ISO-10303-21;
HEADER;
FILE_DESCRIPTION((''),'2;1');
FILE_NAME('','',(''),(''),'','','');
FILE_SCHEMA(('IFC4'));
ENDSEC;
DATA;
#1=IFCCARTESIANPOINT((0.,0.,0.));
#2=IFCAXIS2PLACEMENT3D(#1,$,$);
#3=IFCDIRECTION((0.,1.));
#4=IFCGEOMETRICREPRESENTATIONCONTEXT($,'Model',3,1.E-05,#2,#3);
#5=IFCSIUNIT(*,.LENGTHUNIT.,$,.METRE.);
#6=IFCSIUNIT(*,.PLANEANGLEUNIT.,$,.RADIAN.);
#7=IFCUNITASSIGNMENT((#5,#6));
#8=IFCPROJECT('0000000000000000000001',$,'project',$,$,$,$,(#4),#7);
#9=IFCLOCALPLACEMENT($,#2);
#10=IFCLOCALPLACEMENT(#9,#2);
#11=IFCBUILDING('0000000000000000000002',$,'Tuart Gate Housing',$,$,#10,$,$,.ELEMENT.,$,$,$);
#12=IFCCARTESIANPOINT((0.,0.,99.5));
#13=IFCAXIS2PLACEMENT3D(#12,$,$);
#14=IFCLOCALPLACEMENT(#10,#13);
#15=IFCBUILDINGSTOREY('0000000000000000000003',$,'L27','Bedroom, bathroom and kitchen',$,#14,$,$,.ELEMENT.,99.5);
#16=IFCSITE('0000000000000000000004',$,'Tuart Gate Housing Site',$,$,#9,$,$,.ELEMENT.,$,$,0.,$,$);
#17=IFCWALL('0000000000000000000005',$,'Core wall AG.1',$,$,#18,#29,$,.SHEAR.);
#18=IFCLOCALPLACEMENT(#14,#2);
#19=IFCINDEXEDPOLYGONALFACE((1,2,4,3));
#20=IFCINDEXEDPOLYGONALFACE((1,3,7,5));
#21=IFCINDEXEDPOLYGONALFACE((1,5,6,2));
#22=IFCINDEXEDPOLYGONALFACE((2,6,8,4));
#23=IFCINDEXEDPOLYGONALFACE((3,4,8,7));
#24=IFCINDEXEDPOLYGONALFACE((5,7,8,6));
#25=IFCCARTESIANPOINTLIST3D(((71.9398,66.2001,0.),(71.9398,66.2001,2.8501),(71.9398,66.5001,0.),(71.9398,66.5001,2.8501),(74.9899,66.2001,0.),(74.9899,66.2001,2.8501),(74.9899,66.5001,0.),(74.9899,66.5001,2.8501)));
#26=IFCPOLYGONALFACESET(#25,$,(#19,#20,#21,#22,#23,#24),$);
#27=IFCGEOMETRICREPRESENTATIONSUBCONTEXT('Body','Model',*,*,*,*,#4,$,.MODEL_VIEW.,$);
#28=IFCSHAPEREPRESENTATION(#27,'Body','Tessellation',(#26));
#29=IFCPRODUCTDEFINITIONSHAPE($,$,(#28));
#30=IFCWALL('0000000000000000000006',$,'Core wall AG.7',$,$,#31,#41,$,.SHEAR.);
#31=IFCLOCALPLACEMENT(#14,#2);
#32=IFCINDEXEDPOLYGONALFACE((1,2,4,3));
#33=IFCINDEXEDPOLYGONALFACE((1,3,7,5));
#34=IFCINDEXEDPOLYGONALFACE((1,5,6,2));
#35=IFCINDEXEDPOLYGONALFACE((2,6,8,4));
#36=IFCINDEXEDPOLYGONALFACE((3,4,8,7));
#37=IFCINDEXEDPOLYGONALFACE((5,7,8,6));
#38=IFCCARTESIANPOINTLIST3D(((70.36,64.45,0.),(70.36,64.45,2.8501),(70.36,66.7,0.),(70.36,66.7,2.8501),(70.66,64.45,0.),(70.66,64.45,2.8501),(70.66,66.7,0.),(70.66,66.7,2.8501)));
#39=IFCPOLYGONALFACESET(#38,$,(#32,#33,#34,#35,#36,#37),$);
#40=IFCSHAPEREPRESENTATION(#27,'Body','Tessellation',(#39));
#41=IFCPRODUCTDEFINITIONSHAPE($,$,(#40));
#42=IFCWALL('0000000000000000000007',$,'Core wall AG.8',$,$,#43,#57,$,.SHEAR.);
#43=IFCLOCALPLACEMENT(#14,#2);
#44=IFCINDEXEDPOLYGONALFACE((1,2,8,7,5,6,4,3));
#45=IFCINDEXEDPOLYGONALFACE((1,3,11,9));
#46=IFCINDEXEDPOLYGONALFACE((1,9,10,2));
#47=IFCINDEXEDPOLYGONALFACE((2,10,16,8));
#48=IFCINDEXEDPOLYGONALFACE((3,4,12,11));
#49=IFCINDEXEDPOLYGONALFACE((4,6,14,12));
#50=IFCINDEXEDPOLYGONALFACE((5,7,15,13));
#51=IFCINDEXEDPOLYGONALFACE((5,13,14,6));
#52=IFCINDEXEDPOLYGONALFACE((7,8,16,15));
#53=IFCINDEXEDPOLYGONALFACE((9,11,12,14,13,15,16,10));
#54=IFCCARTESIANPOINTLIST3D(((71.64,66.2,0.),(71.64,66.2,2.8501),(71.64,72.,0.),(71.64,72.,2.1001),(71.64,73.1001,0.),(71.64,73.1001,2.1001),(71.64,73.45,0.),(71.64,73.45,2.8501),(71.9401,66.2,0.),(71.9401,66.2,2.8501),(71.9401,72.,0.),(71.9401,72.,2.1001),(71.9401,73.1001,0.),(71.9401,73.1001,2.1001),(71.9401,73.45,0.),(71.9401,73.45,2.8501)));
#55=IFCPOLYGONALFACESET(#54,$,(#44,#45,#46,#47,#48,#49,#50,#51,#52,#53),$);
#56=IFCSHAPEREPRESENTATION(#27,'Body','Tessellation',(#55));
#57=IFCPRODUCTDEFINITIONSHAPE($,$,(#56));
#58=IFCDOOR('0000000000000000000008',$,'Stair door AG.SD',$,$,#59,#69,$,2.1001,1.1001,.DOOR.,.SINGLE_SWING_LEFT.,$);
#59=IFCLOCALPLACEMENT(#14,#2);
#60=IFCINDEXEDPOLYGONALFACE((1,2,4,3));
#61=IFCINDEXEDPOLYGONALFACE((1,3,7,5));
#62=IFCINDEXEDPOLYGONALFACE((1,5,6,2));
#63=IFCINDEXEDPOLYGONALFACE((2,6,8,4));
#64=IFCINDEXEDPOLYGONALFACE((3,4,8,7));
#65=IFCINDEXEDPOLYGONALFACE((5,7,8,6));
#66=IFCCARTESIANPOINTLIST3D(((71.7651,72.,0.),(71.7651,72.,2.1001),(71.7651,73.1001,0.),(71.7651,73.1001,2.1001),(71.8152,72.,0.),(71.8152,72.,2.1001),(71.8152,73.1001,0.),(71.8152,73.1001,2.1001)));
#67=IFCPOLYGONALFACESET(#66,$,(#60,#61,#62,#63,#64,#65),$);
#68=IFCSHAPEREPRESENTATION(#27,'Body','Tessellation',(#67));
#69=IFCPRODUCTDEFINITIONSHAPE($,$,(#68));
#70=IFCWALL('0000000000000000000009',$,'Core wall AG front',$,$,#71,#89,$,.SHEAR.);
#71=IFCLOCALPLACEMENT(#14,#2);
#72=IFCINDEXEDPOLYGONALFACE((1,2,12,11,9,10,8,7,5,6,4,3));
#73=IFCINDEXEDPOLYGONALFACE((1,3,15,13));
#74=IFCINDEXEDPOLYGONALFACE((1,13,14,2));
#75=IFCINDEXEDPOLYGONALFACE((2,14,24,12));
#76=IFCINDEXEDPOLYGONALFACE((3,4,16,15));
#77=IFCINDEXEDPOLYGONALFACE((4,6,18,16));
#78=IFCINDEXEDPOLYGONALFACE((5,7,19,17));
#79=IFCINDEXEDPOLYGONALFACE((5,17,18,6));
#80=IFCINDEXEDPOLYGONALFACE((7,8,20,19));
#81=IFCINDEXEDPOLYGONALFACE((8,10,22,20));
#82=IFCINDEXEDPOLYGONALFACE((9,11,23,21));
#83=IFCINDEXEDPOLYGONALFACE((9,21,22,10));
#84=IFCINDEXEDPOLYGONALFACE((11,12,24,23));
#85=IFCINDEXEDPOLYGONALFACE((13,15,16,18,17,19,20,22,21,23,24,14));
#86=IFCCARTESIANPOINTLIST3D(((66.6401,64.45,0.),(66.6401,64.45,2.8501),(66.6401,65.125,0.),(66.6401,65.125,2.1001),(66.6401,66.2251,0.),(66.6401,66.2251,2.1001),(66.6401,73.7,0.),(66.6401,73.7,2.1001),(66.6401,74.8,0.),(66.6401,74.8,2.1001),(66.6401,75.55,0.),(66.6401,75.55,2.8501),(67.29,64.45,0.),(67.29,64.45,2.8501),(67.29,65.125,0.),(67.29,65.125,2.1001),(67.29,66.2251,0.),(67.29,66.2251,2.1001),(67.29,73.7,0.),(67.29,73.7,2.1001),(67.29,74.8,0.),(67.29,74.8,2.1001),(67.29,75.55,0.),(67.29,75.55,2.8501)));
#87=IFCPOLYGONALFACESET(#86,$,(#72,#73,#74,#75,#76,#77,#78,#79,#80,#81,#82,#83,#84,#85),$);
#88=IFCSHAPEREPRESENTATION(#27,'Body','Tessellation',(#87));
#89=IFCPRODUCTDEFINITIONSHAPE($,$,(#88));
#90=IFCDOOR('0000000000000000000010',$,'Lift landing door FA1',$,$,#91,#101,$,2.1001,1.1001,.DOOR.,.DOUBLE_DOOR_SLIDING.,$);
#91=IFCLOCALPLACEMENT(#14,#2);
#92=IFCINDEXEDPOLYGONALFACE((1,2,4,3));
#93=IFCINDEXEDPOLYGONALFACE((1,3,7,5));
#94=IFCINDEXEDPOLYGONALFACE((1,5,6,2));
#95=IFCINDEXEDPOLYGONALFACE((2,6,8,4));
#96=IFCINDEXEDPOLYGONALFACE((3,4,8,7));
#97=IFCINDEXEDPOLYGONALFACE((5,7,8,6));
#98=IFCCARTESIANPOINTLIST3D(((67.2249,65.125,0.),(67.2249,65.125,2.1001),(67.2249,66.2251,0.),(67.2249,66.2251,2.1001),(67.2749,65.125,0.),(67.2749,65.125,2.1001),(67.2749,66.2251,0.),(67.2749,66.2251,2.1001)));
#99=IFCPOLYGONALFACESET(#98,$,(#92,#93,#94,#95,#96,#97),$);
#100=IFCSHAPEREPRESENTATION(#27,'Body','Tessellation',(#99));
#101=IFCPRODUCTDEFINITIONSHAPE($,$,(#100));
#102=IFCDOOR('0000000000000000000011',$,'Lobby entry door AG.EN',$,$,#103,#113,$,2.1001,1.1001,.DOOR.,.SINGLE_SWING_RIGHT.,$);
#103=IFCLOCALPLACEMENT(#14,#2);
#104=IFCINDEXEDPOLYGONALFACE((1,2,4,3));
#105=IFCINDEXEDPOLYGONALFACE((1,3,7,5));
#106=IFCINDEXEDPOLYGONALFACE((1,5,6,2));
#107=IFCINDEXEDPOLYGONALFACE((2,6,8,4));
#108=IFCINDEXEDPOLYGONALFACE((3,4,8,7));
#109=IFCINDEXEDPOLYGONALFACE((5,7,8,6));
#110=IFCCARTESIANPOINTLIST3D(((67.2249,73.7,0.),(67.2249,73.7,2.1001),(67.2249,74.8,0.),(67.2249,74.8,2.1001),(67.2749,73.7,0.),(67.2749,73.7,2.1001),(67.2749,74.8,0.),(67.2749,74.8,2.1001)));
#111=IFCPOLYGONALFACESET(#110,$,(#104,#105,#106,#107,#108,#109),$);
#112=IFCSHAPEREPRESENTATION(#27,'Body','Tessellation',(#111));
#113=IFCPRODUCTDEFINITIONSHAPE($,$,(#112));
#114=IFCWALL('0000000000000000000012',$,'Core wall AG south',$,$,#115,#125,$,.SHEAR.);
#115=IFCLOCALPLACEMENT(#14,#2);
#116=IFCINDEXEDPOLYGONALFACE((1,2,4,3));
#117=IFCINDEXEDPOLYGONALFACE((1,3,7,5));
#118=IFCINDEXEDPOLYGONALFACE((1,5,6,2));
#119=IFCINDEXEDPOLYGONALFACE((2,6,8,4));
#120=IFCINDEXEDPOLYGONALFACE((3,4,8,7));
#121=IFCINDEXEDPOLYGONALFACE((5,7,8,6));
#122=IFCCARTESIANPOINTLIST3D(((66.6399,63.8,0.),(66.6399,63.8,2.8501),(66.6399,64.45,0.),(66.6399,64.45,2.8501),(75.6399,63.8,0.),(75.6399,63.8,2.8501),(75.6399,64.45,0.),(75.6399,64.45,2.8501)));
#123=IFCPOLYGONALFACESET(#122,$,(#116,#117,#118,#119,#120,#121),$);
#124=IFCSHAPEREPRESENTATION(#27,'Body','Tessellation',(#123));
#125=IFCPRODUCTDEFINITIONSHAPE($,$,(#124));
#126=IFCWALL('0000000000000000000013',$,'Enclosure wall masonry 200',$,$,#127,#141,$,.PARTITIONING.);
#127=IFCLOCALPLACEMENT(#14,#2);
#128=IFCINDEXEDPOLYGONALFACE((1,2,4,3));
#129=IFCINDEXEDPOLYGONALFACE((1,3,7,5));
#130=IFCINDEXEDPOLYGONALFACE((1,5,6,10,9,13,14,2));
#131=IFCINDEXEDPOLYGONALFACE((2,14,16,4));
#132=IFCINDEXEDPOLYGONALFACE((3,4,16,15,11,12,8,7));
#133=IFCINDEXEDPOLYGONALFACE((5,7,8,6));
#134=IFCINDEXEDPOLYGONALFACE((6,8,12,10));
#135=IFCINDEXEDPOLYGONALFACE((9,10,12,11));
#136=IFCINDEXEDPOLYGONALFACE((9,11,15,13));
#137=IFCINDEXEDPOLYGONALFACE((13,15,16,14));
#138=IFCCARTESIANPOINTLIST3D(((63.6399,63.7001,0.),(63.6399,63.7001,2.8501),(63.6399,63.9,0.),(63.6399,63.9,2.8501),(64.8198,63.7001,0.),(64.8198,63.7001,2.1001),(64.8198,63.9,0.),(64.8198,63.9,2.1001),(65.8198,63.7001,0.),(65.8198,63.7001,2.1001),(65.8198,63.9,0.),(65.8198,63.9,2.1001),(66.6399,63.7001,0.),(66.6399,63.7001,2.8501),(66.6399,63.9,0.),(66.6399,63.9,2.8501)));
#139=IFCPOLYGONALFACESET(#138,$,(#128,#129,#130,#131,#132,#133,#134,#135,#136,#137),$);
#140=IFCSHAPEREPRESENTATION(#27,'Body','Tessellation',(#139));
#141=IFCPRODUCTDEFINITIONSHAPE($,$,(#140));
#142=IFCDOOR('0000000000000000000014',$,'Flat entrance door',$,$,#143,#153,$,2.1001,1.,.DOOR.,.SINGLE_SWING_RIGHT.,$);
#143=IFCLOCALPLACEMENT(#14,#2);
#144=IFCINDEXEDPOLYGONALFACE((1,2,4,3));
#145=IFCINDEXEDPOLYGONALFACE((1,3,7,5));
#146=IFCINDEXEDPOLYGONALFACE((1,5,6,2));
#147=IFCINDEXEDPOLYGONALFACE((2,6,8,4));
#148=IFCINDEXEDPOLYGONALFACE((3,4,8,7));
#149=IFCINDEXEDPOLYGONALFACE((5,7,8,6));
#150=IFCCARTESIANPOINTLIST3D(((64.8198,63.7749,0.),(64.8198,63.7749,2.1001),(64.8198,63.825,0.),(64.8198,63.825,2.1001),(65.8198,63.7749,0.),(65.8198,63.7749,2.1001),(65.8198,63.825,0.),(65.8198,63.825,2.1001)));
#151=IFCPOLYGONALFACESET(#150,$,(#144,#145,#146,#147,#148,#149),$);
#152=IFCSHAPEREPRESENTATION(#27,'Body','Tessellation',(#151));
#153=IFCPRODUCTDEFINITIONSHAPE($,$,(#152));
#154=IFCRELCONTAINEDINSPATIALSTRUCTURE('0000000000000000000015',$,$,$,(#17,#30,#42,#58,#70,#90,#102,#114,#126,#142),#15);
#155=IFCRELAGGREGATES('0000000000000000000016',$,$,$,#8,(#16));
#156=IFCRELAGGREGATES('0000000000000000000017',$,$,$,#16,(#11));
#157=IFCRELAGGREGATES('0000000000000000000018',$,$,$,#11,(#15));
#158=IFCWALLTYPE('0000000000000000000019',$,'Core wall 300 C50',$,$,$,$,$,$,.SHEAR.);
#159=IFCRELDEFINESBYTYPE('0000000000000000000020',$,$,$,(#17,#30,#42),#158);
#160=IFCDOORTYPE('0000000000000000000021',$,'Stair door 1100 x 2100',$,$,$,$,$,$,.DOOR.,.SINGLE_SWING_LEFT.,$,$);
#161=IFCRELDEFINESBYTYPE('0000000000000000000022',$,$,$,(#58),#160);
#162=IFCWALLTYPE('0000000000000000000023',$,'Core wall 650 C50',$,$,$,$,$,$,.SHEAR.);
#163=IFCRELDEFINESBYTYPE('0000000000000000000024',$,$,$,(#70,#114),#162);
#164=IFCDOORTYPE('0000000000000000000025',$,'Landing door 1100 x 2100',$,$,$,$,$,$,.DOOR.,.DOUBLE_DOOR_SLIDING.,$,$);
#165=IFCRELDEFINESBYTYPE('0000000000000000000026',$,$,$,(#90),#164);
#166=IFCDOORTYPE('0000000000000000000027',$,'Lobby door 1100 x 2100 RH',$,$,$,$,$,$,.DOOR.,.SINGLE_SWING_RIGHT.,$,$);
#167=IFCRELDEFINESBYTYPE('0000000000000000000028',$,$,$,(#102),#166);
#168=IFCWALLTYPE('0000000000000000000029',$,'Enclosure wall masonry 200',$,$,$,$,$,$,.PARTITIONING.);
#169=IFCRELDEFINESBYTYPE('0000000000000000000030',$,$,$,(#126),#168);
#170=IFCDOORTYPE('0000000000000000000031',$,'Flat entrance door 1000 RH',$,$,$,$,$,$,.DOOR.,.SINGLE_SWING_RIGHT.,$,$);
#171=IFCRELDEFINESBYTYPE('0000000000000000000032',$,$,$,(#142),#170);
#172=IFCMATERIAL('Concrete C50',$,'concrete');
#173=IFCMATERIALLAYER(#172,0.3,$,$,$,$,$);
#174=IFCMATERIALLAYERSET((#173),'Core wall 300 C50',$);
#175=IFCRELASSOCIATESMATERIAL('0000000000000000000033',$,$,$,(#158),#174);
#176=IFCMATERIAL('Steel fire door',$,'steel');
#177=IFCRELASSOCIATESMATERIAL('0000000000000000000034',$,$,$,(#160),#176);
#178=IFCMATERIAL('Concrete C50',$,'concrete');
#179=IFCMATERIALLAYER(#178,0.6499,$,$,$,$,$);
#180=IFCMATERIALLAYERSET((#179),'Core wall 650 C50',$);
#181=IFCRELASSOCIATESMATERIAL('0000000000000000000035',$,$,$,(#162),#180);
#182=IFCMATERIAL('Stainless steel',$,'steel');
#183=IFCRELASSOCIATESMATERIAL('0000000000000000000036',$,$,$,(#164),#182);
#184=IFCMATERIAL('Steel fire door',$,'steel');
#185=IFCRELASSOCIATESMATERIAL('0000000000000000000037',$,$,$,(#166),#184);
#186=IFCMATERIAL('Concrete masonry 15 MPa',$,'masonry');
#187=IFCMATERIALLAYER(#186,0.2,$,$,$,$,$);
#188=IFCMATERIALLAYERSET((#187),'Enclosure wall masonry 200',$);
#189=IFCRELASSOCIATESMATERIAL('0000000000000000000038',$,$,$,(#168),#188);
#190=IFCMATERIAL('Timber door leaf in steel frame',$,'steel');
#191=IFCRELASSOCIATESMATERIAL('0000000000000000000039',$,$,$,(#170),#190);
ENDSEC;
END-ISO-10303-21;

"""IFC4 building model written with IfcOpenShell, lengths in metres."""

from ifc_helpers import new_model, si_unit, direction, frame, frame_2d, origin, place, context, subcontext, project, spatial, rectangle, extrude, material, layer, layer_set, type_object, element, fill, save


model = new_model("IFC4")

# Units and contexts
model_context = context("Model", 3, precision=1e-05, world=origin(), true_north=direction((0.0, 1.0)))
body_context = subcontext(model_context, "Body", "Model", "MODEL_VIEW")
ifc_project = project(units=[si_unit("LENGTHUNIT", "METRE"), si_unit("PLANEANGLEUNIT", "RADIAN")], contexts=[model_context])

# Site, building, storey
site_placement = place(None, origin())
site = spatial("IfcSite", under=ifc_project, at=site_placement, Name="Tuart Gate Housing Site", CompositionType="ELEMENT", RefElevation=0.0)
building_placement = place(site_placement, origin())
building = spatial("IfcBuilding", under=site, at=building_placement, Name="Tuart Gate Housing", CompositionType="ELEMENT")
storey_placement = place(building_placement, frame((0.0, 0.0, 99.5)))
storey = spatial("IfcBuildingStorey", under=building, at=storey_placement, Name="L27", Description="Bedroom, bathroom and kitchen", CompositionType="ELEMENT", Elevation=99.5)

# Walls
ifc_material_1 = material(Name="Concrete C50", Category="concrete")
ifc_layer_1 = layer(ifc_material_1, 0.3)
ifc_layer_set_1 = layer_set([ifc_layer_1], Name="Core wall 300 C50")
wall_type_1 = type_object("IfcWallType", Name="Core wall 300 C50", PredefinedType="SHEAR", material=ifc_layer_set_1)
wall_1_placement = place(storey_placement, frame((71.9399, 66.3501, 0.0), z_axis=(0.0, 0.0, 1.0), x_axis=(1.0, 0.0, 0.0)))
element("IfcWall", 1, at=wall_1_placement, inside=storey, type_object=wall_type_1, Name="Core wall AG.1", PredefinedType="SHEAR", context=body_context, shape_type="SweptSolid", body=[
    extrude(rectangle(XDim=3.05, YDim=0.3, at=frame_2d((1.5249, 0.0))), origin(), (0.0, 0.0, 1.0), 2.8501),
])
wall_2_placement = place(storey_placement, frame((70.51, 64.45, 0.0), z_axis=(0.0, 0.0, 1.0), x_axis=(0.0, 1.0, 0.0)))
element("IfcWall", 2, at=wall_2_placement, inside=storey, type_object=wall_type_1, Name="Core wall AG.7", PredefinedType="SHEAR", context=body_context, shape_type="SweptSolid", body=[
    extrude(rectangle(XDim=2.25, YDim=0.3, at=frame_2d((1.125, 0.0))), origin(), (0.0, 0.0, 1.0), 2.8501),
])

# Wall, opening, door
wall_3_placement = place(storey_placement, frame((71.79, 66.2, 0.0), z_axis=(0.0, 0.0, 1.0), x_axis=(0.0, 1.0, 0.0)))
wall_3 = element("IfcWall", 3, at=wall_3_placement, inside=storey, type_object=wall_type_1, Name="Core wall AG.8", PredefinedType="SHEAR", context=body_context, shape_type="SweptSolid", body=[
    extrude(rectangle(XDim=7.25, YDim=0.3, at=frame_2d((3.625, 0.0))), origin(), (0.0, 0.0, 1.0), 2.8501),
])
opening_1_placement = place(wall_3_placement, frame((5.8, 0.0, 0.0)))
opening_1 = element("IfcOpeningElement", 4, at=opening_1_placement, cuts=wall_3, PredefinedType="OPENING", context=body_context, shape_type="SweptSolid", body=[
    extrude(rectangle(XDim=1.1001, YDim=2.1001, at=frame_2d((0.55, 1.05))), frame((0.0, 0.1599, 0.0), z_axis=(0.0, -1.0, 0.0), x_axis=(1.0, 0.0, 0.0)), (0.0, 0.0, 1.0), 0.3201),
])
ifc_material_2 = material(Name="Steel fire door", Category="steel")
door_type_1 = type_object("IfcDoorType", Name="Stair door 1100 x 2100", OperationType="SINGLE_SWING_LEFT", PredefinedType="DOOR", material=ifc_material_2)
door_1_placement = place(opening_1_placement, frame((1.1001, 0.0, 0.0), z_axis=(0.0, 0.0, 1.0), x_axis=(-1.0, 0.0, 0.0)))
door_1 = element("IfcDoor", 5, at=door_1_placement, inside=storey, type_object=door_type_1, Name="Stair door AG.SD", OperationType="SINGLE_SWING_LEFT", OverallHeight=2.1001, OverallWidth=1.1001, PredefinedType="DOOR", context=body_context, shape_type="SweptSolid", body=[
    extrude(rectangle(XDim=1.1001, YDim=2.1001, at=frame_2d((0.55, 1.05))), frame((0.0, 0.0251, 0.0), z_axis=(0.0, -1.0, 0.0), x_axis=(1.0, 0.0, 0.0)), (0.0, 0.0, 1.0), 0.05),
])
fill(opening_1, door_1)

# Wall, openings, doors
ifc_material_3 = material(Name="Concrete C50", Category="concrete")
ifc_layer_2 = layer(ifc_material_3, 0.6499)
ifc_layer_set_2 = layer_set([ifc_layer_2], Name="Core wall 650 C50")
wall_type_2 = type_object("IfcWallType", Name="Core wall 650 C50", PredefinedType="SHEAR", material=ifc_layer_set_2)
wall_4_placement = place(storey_placement, frame((66.9651, 64.45, 0.0), z_axis=(0.0, 0.0, 1.0), x_axis=(0.0, 1.0, 0.0)))
wall_4 = element("IfcWall", 6, at=wall_4_placement, inside=storey, type_object=wall_type_2, Name="Core wall AG front", PredefinedType="SHEAR", context=body_context, shape_type="SweptSolid", body=[
    extrude(rectangle(XDim=11.1001, YDim=0.6499, at=frame_2d((5.55, 0.0))), origin(), (0.0, 0.0, 1.0), 2.8501),
])
opening_2_placement = place(wall_4_placement, frame((0.675, 0.0, 0.0)))
opening_2 = element("IfcOpeningElement", 7, at=opening_2_placement, cuts=wall_4, PredefinedType="OPENING", context=body_context, shape_type="SweptSolid", body=[
    extrude(rectangle(XDim=1.1001, YDim=2.1001, at=frame_2d((0.55, 1.05))), frame((0.0, 0.335, 0.0), z_axis=(0.0, -1.0, 0.0), x_axis=(1.0, 0.0, 0.0)), (0.0, 0.0, 1.0), 0.6699),
])
opening_3_placement = place(wall_4_placement, frame((9.25, 0.0, 0.0)))
opening_3 = element("IfcOpeningElement", 8, at=opening_3_placement, cuts=wall_4, PredefinedType="OPENING", context=body_context, shape_type="SweptSolid", body=[
    extrude(rectangle(XDim=1.1001, YDim=2.1001, at=frame_2d((0.55, 1.05))), frame((0.0, 0.335, 0.0), z_axis=(0.0, -1.0, 0.0), x_axis=(1.0, 0.0, 0.0)), (0.0, 0.0, 1.0), 0.6699),
])
ifc_material_4 = material(Name="Stainless steel", Category="steel")
door_type_2 = type_object("IfcDoorType", Name="Landing door 1100 x 2100", OperationType="DOUBLE_DOOR_SLIDING", PredefinedType="DOOR", material=ifc_material_4)
door_2_placement = place(opening_2_placement, origin())
door_2 = element("IfcDoor", 9, at=door_2_placement, inside=storey, type_object=door_type_2, Name="Lift landing door FA1", OperationType="DOUBLE_DOOR_SLIDING", OverallHeight=2.1001, OverallWidth=1.1001, PredefinedType="DOOR", context=body_context, shape_type="SweptSolid", body=[
    extrude(rectangle(XDim=1.1001, YDim=2.1001, at=frame_2d((0.55, 1.05))), frame((0.0, -0.2598, 0.0), z_axis=(0.0, -1.0, 0.0), x_axis=(1.0, 0.0, 0.0)), (0.0, 0.0, 1.0), 0.05),
])
fill(opening_2, door_2)
ifc_material_5 = material(Name="Steel fire door", Category="steel")
door_type_3 = type_object("IfcDoorType", Name="Lobby door 1100 x 2100 RH", OperationType="SINGLE_SWING_RIGHT", PredefinedType="DOOR", material=ifc_material_5)
door_3_placement = place(opening_3_placement, frame((1.1001, 0.0, 0.0), z_axis=(0.0, 0.0, 1.0), x_axis=(-1.0, 0.0, 0.0)))
door_3 = element("IfcDoor", 10, at=door_3_placement, inside=storey, type_object=door_type_3, Name="Lobby entry door AG.EN", OperationType="SINGLE_SWING_RIGHT", OverallHeight=2.1001, OverallWidth=1.1001, PredefinedType="DOOR", context=body_context, shape_type="SweptSolid", body=[
    extrude(rectangle(XDim=1.1001, YDim=2.1001, at=frame_2d((0.55, 1.05))), frame((0.0, 0.3098, 0.0), z_axis=(0.0, -1.0, 0.0), x_axis=(1.0, 0.0, 0.0)), (0.0, 0.0, 1.0), 0.05),
])
fill(opening_3, door_3)

# Wall
wall_5_placement = place(storey_placement, frame((66.6399, 64.125, 0.0), z_axis=(0.0, 0.0, 1.0), x_axis=(1.0, 0.0, 0.0)))
element("IfcWall", 11, at=wall_5_placement, inside=storey, type_object=wall_type_2, Name="Core wall AG south", PredefinedType="SHEAR", context=body_context, shape_type="SweptSolid", body=[
    extrude(rectangle(XDim=9.0, YDim=0.6499, at=frame_2d((4.5, 0.0))), origin(), (0.0, 0.0, 1.0), 2.8501),
])

# Wall, opening, door
ifc_material_6 = material(Name="Concrete masonry 15 MPa", Category="masonry")
ifc_layer_3 = layer(ifc_material_6, 0.2)
ifc_layer_set_3 = layer_set([ifc_layer_3], Name="Enclosure wall masonry 200")
wall_type_3 = type_object("IfcWallType", Name="Enclosure wall masonry 200", PredefinedType="PARTITIONING", material=ifc_layer_set_3)
wall_6_placement = place(storey_placement, frame((63.6399, 63.8, 0.0), z_axis=(0.0, 0.0, 1.0), x_axis=(1.0, 0.0, 0.0)))
wall_6 = element("IfcWall", 12, at=wall_6_placement, inside=storey, type_object=wall_type_3, Name="Enclosure wall masonry 200", PredefinedType="PARTITIONING", context=body_context, shape_type="SweptSolid", body=[
    extrude(rectangle(XDim=3.0, YDim=0.2, at=frame_2d((1.5, 0.0))), origin(), (0.0, 0.0, 1.0), 2.8501),
])
opening_4_placement = place(wall_6_placement, frame((1.1799, 0.0, 0.0)))
opening_4 = element("IfcOpeningElement", 13, at=opening_4_placement, cuts=wall_6, PredefinedType="OPENING", context=body_context, shape_type="SweptSolid", body=[
    extrude(rectangle(XDim=1.0, YDim=2.1001, at=frame_2d((0.5, 1.05))), frame((0.0, 0.1099, 0.0), z_axis=(0.0, -1.0, 0.0), x_axis=(1.0, 0.0, 0.0)), (0.0, 0.0, 1.0), 0.22),
])
ifc_material_7 = material(Name="Timber door leaf in steel frame", Category="steel")
door_type_4 = type_object("IfcDoorType", Name="Flat entrance door 1000 RH", OperationType="SINGLE_SWING_RIGHT", PredefinedType="DOOR", material=ifc_material_7)
door_4_placement = place(opening_4_placement, frame((1.0, 0.0, 0.0), z_axis=(0.0, 0.0, 1.0), x_axis=(-1.0, 0.0, 0.0)))
door_4 = element("IfcDoor", 14, at=door_4_placement, inside=storey, type_object=door_type_4, Name="Flat entrance door", OperationType="SINGLE_SWING_RIGHT", OverallHeight=2.1001, OverallWidth=1.0, PredefinedType="DOOR", context=body_context, shape_type="SweptSolid", body=[
    extrude(rectangle(XDim=1.0, YDim=2.1001, at=frame_2d((0.5, 1.05))), frame((0.0, 0.0251, 0.0), z_axis=(0.0, -1.0, 0.0), x_axis=(1.0, 0.0, 0.0)), (0.0, 0.0, 1.0), 0.05),
])
fill(opening_4, door_4)

save(model, "model.ifc")
